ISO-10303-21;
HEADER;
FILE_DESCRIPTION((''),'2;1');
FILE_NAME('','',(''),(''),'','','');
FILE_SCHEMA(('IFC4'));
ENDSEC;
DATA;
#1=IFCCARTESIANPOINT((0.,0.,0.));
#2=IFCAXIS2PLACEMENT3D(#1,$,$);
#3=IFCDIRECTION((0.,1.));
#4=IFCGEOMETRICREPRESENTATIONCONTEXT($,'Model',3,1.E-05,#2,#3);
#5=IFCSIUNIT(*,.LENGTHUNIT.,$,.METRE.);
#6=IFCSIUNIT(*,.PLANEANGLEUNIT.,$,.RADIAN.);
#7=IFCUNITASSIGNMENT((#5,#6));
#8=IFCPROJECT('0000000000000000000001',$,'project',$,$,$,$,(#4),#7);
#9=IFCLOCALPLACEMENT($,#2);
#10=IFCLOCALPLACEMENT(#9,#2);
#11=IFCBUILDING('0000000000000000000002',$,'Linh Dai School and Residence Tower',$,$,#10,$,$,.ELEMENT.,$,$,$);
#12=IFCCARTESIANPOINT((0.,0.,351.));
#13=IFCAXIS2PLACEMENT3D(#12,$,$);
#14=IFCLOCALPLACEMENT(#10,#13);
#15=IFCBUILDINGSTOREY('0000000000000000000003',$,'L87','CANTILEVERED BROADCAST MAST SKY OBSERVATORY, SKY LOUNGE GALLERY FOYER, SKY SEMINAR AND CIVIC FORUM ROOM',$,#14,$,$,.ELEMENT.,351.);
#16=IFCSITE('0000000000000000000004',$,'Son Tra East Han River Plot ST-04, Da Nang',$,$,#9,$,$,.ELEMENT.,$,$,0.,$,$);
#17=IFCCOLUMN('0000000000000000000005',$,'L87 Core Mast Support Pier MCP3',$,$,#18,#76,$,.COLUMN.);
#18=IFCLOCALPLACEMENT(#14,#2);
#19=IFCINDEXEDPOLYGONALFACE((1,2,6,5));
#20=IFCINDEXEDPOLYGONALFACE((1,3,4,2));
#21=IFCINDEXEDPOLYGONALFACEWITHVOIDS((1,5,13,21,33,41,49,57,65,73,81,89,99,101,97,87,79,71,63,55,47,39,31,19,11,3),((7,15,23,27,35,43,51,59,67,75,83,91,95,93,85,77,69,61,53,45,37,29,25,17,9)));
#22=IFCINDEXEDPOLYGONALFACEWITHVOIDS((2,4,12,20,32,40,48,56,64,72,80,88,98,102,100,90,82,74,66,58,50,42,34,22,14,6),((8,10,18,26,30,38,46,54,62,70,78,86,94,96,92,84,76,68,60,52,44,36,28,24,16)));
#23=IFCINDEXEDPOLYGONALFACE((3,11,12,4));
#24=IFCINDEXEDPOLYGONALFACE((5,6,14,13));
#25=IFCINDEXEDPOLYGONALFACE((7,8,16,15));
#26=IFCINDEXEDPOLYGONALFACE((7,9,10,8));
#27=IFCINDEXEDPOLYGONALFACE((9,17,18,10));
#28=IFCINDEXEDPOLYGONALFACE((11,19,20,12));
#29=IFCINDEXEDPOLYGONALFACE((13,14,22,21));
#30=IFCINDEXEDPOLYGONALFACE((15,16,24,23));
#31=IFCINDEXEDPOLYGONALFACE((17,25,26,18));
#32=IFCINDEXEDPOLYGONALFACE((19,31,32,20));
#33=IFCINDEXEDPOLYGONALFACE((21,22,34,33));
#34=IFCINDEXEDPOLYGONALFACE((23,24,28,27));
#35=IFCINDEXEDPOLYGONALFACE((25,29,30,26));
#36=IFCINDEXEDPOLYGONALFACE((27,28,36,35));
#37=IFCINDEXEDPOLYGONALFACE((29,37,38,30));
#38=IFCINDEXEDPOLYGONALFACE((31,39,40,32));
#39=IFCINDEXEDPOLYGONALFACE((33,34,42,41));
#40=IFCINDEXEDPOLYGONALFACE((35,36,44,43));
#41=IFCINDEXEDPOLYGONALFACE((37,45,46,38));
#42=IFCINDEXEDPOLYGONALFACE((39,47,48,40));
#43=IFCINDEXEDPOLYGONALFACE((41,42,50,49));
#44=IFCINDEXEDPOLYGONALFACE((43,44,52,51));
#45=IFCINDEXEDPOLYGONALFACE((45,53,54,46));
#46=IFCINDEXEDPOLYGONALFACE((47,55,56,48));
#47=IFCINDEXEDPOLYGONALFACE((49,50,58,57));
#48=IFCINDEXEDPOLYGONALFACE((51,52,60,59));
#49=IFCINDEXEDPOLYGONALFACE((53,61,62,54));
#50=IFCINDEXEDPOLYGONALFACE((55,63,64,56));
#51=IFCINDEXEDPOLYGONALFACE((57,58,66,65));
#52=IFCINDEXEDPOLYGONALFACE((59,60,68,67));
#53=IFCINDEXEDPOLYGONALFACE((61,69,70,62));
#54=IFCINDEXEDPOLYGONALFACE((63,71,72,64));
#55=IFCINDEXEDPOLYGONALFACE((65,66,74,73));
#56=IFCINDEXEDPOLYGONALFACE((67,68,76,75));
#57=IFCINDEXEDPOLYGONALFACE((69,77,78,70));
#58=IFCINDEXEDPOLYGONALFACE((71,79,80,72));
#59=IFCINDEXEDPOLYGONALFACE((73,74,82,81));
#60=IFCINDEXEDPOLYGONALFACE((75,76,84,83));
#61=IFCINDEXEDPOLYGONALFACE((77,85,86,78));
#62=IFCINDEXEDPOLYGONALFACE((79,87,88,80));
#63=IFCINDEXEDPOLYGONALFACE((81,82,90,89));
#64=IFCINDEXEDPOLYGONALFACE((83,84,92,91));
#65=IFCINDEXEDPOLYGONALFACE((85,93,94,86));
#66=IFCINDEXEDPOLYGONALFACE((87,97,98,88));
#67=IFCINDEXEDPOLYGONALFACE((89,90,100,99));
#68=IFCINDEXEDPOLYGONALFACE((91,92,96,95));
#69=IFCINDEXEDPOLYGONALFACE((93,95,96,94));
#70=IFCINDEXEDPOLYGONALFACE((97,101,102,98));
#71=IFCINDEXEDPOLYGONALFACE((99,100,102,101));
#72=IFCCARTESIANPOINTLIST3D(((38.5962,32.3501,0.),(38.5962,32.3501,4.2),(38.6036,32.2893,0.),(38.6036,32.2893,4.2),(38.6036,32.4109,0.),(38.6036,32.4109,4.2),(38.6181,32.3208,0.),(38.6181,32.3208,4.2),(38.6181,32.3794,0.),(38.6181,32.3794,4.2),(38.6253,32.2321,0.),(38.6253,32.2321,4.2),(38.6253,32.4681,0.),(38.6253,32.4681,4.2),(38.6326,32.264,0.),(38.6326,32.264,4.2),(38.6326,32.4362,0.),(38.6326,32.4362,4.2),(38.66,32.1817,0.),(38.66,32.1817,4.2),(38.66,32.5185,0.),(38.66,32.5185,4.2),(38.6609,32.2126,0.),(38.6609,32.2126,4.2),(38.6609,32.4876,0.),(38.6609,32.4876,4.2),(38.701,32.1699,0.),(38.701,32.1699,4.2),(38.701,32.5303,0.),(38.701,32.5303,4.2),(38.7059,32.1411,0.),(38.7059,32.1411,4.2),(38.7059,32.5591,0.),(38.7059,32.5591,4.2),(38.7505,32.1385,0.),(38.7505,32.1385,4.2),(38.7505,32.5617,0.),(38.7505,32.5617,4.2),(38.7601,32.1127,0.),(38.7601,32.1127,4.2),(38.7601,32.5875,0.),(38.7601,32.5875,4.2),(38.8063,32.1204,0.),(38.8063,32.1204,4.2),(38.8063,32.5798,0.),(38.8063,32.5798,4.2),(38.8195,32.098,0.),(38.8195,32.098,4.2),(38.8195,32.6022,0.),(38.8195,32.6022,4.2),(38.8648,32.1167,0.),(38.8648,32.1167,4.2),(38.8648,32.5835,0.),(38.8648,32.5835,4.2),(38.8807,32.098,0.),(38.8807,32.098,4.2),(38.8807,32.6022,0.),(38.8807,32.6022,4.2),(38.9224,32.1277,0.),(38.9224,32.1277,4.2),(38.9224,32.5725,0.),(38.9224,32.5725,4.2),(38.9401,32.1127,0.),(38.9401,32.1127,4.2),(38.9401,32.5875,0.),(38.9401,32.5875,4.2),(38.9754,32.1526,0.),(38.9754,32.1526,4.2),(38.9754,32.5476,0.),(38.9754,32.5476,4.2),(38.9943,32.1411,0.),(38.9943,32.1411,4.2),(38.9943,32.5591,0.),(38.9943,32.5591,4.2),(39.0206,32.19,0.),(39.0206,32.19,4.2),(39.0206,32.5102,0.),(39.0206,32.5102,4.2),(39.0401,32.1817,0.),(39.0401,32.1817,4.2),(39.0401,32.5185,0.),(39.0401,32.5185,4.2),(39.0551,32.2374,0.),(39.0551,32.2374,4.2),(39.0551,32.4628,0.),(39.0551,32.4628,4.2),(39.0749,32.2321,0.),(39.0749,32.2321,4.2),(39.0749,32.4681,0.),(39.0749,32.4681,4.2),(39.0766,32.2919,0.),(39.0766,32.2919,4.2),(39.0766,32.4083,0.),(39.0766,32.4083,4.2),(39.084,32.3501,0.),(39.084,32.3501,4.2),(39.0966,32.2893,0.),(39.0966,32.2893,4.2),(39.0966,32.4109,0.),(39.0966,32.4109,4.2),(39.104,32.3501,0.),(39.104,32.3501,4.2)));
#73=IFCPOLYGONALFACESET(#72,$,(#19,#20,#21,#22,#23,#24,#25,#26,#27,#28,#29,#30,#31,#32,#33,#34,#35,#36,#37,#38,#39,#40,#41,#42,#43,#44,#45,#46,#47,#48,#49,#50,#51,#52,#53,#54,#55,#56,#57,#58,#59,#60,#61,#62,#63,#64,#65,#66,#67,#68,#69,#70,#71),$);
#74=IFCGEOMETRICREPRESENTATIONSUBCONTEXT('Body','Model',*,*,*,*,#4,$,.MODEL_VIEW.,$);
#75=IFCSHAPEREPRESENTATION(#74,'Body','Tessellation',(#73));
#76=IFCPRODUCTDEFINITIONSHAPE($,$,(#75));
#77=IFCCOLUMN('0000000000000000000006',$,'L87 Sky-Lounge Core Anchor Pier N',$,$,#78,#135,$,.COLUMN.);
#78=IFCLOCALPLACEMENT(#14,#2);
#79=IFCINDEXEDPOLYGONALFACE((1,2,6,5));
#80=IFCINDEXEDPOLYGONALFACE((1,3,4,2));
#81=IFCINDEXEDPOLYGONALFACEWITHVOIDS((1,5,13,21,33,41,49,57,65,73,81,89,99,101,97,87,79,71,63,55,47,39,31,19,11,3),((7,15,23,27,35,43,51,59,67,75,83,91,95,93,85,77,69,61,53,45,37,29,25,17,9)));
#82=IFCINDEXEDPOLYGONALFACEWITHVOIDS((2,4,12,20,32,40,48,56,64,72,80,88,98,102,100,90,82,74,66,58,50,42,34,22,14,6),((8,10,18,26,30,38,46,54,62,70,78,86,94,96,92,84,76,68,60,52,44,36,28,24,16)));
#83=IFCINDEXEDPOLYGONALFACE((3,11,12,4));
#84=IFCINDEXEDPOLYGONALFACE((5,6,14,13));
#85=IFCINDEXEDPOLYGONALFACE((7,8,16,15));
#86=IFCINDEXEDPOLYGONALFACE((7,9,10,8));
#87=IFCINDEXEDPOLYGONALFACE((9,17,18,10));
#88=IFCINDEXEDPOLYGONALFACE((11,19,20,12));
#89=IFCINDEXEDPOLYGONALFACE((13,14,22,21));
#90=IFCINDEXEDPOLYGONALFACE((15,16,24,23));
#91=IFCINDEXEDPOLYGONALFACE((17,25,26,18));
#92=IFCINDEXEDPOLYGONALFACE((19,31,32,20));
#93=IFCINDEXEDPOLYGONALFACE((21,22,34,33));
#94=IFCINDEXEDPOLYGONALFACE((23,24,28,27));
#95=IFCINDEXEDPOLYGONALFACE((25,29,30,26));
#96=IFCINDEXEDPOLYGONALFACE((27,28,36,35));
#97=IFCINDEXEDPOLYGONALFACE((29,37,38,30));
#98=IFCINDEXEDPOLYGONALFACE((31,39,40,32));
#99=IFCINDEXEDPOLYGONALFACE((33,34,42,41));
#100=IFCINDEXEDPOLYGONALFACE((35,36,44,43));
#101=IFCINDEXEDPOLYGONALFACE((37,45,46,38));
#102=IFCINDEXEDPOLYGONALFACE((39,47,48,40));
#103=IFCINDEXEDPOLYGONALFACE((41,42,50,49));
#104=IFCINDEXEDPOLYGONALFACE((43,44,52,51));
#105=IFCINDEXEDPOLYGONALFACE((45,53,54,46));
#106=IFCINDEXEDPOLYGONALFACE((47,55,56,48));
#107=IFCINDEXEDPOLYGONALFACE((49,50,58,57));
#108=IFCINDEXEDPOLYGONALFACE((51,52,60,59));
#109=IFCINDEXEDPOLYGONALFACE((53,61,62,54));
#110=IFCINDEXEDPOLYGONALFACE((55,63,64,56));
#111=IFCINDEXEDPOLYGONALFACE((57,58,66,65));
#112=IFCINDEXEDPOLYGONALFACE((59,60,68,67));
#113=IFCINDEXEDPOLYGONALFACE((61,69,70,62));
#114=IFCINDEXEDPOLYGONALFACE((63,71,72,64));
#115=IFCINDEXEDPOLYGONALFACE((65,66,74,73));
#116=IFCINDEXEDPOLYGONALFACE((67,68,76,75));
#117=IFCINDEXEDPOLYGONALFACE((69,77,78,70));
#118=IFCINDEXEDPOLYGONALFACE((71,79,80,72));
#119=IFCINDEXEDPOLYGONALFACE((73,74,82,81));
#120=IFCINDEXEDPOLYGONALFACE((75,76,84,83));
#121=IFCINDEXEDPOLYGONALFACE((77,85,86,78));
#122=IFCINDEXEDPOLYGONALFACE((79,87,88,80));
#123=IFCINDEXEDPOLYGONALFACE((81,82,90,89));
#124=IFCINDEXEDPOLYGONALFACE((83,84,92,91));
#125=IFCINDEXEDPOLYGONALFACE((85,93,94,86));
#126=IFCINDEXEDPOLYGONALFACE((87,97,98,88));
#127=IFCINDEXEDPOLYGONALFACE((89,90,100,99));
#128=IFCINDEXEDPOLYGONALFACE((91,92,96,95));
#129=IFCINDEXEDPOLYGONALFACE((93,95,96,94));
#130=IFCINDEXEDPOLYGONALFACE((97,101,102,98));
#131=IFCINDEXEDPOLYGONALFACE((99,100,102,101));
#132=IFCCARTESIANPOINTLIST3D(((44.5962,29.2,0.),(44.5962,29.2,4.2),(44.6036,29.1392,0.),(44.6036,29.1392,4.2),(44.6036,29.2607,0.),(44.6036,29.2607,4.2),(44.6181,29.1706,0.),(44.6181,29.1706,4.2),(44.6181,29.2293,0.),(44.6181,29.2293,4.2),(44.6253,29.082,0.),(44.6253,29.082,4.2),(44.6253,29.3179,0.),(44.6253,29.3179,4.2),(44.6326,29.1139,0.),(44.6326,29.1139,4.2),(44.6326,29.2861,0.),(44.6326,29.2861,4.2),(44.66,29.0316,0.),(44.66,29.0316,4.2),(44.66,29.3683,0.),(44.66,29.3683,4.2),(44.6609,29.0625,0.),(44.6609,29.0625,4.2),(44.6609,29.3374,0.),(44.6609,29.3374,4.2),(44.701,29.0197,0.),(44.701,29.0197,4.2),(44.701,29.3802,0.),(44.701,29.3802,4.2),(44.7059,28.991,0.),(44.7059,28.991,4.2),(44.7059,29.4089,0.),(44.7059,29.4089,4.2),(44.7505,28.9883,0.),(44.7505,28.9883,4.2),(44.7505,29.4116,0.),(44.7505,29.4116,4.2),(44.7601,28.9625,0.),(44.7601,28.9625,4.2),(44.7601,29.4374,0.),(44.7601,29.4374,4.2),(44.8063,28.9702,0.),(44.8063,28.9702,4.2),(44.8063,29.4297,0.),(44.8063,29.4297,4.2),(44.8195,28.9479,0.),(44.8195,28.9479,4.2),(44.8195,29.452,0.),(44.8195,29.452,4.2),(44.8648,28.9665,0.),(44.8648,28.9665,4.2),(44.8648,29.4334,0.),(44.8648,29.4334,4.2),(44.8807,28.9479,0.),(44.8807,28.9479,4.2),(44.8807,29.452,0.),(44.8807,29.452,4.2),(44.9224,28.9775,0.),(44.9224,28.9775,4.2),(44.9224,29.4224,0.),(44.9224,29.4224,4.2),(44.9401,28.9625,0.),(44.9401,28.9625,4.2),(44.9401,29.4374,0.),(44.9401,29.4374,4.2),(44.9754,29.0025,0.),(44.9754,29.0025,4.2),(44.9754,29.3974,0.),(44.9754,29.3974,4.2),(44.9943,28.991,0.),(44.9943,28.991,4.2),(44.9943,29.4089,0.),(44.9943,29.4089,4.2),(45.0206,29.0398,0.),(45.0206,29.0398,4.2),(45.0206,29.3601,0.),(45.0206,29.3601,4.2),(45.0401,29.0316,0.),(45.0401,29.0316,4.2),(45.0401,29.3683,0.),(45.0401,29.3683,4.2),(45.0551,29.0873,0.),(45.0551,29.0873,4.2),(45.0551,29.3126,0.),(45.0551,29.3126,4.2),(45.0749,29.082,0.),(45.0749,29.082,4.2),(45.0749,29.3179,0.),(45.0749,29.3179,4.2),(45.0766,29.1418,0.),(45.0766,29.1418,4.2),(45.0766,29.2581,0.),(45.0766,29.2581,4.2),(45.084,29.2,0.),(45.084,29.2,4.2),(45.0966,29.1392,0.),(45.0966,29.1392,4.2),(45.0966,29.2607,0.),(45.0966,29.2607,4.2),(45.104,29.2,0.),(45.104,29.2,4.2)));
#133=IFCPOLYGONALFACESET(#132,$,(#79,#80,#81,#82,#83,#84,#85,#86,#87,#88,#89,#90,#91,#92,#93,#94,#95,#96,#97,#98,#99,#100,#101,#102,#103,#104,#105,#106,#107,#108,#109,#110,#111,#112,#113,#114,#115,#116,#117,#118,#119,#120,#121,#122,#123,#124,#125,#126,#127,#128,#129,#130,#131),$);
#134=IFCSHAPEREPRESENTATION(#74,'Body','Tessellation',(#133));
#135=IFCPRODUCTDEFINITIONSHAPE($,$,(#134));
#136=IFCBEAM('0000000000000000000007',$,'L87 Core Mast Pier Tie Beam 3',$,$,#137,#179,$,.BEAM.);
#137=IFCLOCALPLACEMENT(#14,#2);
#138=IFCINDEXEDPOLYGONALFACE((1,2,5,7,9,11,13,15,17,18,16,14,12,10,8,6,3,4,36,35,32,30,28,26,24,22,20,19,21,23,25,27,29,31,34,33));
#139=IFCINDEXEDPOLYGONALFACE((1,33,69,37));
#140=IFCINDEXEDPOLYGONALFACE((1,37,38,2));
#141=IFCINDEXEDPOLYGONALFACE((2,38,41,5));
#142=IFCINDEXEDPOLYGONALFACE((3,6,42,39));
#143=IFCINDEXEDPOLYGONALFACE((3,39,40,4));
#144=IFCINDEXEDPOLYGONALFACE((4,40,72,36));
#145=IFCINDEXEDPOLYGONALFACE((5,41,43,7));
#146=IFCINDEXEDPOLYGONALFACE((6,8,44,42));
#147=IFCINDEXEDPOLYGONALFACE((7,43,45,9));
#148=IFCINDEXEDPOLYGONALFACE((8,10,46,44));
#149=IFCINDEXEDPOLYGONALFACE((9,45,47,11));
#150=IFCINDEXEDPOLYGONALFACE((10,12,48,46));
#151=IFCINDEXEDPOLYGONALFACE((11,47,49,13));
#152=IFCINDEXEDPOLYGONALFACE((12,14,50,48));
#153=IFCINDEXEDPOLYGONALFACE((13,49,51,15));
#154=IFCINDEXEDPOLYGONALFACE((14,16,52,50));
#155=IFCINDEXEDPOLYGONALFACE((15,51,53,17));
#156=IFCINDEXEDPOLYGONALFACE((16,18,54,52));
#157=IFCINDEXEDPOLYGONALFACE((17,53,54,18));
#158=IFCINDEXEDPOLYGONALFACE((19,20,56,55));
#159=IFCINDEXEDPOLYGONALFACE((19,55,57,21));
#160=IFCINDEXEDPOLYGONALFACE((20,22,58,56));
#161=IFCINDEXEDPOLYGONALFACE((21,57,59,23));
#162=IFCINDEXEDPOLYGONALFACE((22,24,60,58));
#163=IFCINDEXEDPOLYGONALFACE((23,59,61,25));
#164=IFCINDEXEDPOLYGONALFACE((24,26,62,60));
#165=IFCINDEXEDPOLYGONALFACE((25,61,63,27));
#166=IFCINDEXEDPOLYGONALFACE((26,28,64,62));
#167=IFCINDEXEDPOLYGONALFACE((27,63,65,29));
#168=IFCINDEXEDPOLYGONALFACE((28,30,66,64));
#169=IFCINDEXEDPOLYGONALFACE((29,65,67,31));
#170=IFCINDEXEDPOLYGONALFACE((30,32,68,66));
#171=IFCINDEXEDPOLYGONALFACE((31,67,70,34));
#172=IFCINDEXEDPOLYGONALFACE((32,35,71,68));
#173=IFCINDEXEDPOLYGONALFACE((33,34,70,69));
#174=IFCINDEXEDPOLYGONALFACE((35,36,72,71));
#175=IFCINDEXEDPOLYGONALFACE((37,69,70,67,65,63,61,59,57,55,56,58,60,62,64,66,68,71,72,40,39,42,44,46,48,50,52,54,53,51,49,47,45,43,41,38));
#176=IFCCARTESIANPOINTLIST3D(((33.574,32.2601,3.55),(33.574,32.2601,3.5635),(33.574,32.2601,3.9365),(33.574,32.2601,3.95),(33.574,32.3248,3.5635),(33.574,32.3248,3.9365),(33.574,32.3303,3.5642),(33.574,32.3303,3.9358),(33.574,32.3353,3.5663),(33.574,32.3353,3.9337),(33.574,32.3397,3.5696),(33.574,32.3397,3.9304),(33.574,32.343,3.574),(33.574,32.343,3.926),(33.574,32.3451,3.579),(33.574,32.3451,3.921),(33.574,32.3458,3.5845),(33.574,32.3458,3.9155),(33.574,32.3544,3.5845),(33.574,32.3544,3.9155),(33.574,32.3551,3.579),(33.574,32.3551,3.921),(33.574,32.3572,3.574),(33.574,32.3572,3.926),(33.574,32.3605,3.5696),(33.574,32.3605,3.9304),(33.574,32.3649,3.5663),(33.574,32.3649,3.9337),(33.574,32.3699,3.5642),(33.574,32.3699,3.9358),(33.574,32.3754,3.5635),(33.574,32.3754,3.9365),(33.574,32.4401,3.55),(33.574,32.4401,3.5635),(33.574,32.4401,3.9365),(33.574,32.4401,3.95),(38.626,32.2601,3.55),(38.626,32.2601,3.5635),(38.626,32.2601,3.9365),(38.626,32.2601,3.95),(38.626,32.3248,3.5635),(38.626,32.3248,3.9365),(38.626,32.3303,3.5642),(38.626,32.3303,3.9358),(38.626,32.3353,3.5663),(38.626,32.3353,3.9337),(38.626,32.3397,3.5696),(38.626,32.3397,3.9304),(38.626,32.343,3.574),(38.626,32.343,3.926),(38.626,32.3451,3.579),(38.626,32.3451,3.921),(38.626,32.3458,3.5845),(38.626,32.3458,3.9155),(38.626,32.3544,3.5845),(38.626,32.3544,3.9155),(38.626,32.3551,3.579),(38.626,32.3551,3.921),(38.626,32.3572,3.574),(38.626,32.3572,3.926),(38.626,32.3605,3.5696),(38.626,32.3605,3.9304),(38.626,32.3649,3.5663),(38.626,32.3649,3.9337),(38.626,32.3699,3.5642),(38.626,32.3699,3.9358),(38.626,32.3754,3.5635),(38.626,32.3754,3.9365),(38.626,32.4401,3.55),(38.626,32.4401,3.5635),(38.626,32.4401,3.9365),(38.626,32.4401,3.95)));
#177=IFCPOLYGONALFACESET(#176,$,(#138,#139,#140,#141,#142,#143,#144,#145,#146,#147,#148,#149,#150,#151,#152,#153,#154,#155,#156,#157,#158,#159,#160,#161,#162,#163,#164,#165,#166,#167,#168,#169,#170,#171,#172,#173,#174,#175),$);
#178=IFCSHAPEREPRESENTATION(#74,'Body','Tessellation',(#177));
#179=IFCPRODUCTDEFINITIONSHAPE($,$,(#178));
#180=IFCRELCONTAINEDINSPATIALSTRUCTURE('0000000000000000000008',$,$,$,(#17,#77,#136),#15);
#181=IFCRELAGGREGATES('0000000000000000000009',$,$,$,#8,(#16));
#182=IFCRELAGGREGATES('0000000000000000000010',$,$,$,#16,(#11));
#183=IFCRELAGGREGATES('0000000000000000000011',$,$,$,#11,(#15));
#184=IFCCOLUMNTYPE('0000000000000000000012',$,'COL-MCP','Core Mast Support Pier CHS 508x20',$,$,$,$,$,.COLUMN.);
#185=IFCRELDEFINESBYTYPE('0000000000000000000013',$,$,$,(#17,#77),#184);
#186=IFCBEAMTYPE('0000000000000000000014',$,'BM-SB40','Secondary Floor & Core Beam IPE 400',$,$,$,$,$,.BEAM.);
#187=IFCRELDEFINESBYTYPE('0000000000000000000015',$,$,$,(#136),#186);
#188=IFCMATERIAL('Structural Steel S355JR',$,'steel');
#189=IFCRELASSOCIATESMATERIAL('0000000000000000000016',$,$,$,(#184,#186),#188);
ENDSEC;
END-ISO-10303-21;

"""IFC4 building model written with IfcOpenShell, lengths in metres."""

from ifc_helpers import new_model, si_unit, direction, frame, origin, origin_2d, place, context, subcontext, project, spatial, hollow_circle, i_section, extrude, material, material_profile, profile_set, type_object, element, save


model = new_model("IFC4")

# Units and contexts
model_context = context("Model", 3, precision=1e-05, world=origin(), true_north=direction((0.0, 1.0)))
body_context = subcontext(model_context, "Body", "Model", "MODEL_VIEW")
ifc_project = project(units=[si_unit("LENGTHUNIT", "METRE"), si_unit("PLANEANGLEUNIT", "RADIAN")], contexts=[model_context])

# Site, building, storey
site_placement = place(None, origin())
site = spatial("IfcSite", under=ifc_project, at=site_placement, Name="Son Tra East Han River Plot ST-04, Da Nang", CompositionType="ELEMENT", RefElevation=0.0)
building_placement = place(site_placement, origin())
building = spatial("IfcBuilding", under=site, at=building_placement, Name="Linh Dai School and Residence Tower", CompositionType="ELEMENT")
storey_placement = place(building_placement, frame((0.0, 0.0, 351.0)))
storey = spatial("IfcBuildingStorey", under=building, at=storey_placement, Name="L87", Description="CANTILEVERED BROADCAST MAST SKY OBSERVATORY, SKY LOUNGE GALLERY FOYER, SKY SEMINAR AND CIVIC FORUM ROOM", CompositionType="ELEMENT", Elevation=351.0)

# Columns
ifc_material_1 = material(Name="Structural Steel S355JR", Category="steel")
ifc_material_profile_1 = material_profile(ifc_material_1, hollow_circle(Radius=0.2539, WallThickness=0.02, at=origin_2d()), Name="CHS 508x20")
ifc_profile_set_1 = profile_set([ifc_material_profile_1], Name="Structural Steel S355JR")
column_type = type_object("IfcColumnType", Name="COL-MCP", Description="Core Mast Support Pier CHS 508x20", PredefinedType="COLUMN", material=ifc_profile_set_1)
for number, where, z_axis, x_axis, name in (
    (1, (38.8501, 32.3501, 0.0), (0.0, 0.0, 1.0), (1.0, 0.0, 0.0), "L87 Core Mast Support Pier MCP3"),
    (2, (44.8501, 29.2, 0.0), (0.0, 0.0, 1.0), (1.0, 0.0, 0.0), "L87 Sky-Lounge Core Anchor Pier N"),
):
    element("IfcColumn", number, at=place(storey_placement, frame(where, z_axis=z_axis, x_axis=x_axis)), inside=storey, type_object=column_type, Name=name, PredefinedType="COLUMN", context=body_context, shape_type="SweptSolid", body=[
        extrude(hollow_circle(Radius=0.2539, WallThickness=0.02, at=origin_2d()), origin(), (0.0, 0.0, 1.0), 4.2),
    ])

# Beam
ifc_material_profile_2 = material_profile(ifc_material_1, i_section(OverallWidth=0.1799, OverallDepth=0.3999, WebThickness=0.0085, FlangeThickness=0.0134, FilletRadius=0.021, at=origin_2d()), Name="IPE 400")
ifc_profile_set_2 = profile_set([ifc_material_profile_2], Name="Structural Steel S355JR")
beam_type_1 = type_object("IfcBeamType", Name="BM-SB40", Description="Secondary Floor & Core Beam IPE 400", PredefinedType="BEAM", material=ifc_profile_set_2)
beam_1_placement = place(storey_placement, frame((38.626, 32.3501, 3.75), z_axis=(-1.0, 0.0, 0.0), x_axis=(0.0, -1.0, 0.0)))
element("IfcBeam", 3, at=beam_1_placement, inside=storey, type_object=beam_type_1, Name="L87 Core Mast Pier Tie Beam 3", PredefinedType="BEAM", context=body_context, shape_type="SweptSolid", body=[
    extrude(i_section(OverallWidth=0.1799, OverallDepth=0.3999, WebThickness=0.0085, FlangeThickness=0.0134, FilletRadius=0.021, at=origin_2d()), origin(), (0.0, 0.0, 1.0), 5.052),
])

save(model, "model.ifc")
